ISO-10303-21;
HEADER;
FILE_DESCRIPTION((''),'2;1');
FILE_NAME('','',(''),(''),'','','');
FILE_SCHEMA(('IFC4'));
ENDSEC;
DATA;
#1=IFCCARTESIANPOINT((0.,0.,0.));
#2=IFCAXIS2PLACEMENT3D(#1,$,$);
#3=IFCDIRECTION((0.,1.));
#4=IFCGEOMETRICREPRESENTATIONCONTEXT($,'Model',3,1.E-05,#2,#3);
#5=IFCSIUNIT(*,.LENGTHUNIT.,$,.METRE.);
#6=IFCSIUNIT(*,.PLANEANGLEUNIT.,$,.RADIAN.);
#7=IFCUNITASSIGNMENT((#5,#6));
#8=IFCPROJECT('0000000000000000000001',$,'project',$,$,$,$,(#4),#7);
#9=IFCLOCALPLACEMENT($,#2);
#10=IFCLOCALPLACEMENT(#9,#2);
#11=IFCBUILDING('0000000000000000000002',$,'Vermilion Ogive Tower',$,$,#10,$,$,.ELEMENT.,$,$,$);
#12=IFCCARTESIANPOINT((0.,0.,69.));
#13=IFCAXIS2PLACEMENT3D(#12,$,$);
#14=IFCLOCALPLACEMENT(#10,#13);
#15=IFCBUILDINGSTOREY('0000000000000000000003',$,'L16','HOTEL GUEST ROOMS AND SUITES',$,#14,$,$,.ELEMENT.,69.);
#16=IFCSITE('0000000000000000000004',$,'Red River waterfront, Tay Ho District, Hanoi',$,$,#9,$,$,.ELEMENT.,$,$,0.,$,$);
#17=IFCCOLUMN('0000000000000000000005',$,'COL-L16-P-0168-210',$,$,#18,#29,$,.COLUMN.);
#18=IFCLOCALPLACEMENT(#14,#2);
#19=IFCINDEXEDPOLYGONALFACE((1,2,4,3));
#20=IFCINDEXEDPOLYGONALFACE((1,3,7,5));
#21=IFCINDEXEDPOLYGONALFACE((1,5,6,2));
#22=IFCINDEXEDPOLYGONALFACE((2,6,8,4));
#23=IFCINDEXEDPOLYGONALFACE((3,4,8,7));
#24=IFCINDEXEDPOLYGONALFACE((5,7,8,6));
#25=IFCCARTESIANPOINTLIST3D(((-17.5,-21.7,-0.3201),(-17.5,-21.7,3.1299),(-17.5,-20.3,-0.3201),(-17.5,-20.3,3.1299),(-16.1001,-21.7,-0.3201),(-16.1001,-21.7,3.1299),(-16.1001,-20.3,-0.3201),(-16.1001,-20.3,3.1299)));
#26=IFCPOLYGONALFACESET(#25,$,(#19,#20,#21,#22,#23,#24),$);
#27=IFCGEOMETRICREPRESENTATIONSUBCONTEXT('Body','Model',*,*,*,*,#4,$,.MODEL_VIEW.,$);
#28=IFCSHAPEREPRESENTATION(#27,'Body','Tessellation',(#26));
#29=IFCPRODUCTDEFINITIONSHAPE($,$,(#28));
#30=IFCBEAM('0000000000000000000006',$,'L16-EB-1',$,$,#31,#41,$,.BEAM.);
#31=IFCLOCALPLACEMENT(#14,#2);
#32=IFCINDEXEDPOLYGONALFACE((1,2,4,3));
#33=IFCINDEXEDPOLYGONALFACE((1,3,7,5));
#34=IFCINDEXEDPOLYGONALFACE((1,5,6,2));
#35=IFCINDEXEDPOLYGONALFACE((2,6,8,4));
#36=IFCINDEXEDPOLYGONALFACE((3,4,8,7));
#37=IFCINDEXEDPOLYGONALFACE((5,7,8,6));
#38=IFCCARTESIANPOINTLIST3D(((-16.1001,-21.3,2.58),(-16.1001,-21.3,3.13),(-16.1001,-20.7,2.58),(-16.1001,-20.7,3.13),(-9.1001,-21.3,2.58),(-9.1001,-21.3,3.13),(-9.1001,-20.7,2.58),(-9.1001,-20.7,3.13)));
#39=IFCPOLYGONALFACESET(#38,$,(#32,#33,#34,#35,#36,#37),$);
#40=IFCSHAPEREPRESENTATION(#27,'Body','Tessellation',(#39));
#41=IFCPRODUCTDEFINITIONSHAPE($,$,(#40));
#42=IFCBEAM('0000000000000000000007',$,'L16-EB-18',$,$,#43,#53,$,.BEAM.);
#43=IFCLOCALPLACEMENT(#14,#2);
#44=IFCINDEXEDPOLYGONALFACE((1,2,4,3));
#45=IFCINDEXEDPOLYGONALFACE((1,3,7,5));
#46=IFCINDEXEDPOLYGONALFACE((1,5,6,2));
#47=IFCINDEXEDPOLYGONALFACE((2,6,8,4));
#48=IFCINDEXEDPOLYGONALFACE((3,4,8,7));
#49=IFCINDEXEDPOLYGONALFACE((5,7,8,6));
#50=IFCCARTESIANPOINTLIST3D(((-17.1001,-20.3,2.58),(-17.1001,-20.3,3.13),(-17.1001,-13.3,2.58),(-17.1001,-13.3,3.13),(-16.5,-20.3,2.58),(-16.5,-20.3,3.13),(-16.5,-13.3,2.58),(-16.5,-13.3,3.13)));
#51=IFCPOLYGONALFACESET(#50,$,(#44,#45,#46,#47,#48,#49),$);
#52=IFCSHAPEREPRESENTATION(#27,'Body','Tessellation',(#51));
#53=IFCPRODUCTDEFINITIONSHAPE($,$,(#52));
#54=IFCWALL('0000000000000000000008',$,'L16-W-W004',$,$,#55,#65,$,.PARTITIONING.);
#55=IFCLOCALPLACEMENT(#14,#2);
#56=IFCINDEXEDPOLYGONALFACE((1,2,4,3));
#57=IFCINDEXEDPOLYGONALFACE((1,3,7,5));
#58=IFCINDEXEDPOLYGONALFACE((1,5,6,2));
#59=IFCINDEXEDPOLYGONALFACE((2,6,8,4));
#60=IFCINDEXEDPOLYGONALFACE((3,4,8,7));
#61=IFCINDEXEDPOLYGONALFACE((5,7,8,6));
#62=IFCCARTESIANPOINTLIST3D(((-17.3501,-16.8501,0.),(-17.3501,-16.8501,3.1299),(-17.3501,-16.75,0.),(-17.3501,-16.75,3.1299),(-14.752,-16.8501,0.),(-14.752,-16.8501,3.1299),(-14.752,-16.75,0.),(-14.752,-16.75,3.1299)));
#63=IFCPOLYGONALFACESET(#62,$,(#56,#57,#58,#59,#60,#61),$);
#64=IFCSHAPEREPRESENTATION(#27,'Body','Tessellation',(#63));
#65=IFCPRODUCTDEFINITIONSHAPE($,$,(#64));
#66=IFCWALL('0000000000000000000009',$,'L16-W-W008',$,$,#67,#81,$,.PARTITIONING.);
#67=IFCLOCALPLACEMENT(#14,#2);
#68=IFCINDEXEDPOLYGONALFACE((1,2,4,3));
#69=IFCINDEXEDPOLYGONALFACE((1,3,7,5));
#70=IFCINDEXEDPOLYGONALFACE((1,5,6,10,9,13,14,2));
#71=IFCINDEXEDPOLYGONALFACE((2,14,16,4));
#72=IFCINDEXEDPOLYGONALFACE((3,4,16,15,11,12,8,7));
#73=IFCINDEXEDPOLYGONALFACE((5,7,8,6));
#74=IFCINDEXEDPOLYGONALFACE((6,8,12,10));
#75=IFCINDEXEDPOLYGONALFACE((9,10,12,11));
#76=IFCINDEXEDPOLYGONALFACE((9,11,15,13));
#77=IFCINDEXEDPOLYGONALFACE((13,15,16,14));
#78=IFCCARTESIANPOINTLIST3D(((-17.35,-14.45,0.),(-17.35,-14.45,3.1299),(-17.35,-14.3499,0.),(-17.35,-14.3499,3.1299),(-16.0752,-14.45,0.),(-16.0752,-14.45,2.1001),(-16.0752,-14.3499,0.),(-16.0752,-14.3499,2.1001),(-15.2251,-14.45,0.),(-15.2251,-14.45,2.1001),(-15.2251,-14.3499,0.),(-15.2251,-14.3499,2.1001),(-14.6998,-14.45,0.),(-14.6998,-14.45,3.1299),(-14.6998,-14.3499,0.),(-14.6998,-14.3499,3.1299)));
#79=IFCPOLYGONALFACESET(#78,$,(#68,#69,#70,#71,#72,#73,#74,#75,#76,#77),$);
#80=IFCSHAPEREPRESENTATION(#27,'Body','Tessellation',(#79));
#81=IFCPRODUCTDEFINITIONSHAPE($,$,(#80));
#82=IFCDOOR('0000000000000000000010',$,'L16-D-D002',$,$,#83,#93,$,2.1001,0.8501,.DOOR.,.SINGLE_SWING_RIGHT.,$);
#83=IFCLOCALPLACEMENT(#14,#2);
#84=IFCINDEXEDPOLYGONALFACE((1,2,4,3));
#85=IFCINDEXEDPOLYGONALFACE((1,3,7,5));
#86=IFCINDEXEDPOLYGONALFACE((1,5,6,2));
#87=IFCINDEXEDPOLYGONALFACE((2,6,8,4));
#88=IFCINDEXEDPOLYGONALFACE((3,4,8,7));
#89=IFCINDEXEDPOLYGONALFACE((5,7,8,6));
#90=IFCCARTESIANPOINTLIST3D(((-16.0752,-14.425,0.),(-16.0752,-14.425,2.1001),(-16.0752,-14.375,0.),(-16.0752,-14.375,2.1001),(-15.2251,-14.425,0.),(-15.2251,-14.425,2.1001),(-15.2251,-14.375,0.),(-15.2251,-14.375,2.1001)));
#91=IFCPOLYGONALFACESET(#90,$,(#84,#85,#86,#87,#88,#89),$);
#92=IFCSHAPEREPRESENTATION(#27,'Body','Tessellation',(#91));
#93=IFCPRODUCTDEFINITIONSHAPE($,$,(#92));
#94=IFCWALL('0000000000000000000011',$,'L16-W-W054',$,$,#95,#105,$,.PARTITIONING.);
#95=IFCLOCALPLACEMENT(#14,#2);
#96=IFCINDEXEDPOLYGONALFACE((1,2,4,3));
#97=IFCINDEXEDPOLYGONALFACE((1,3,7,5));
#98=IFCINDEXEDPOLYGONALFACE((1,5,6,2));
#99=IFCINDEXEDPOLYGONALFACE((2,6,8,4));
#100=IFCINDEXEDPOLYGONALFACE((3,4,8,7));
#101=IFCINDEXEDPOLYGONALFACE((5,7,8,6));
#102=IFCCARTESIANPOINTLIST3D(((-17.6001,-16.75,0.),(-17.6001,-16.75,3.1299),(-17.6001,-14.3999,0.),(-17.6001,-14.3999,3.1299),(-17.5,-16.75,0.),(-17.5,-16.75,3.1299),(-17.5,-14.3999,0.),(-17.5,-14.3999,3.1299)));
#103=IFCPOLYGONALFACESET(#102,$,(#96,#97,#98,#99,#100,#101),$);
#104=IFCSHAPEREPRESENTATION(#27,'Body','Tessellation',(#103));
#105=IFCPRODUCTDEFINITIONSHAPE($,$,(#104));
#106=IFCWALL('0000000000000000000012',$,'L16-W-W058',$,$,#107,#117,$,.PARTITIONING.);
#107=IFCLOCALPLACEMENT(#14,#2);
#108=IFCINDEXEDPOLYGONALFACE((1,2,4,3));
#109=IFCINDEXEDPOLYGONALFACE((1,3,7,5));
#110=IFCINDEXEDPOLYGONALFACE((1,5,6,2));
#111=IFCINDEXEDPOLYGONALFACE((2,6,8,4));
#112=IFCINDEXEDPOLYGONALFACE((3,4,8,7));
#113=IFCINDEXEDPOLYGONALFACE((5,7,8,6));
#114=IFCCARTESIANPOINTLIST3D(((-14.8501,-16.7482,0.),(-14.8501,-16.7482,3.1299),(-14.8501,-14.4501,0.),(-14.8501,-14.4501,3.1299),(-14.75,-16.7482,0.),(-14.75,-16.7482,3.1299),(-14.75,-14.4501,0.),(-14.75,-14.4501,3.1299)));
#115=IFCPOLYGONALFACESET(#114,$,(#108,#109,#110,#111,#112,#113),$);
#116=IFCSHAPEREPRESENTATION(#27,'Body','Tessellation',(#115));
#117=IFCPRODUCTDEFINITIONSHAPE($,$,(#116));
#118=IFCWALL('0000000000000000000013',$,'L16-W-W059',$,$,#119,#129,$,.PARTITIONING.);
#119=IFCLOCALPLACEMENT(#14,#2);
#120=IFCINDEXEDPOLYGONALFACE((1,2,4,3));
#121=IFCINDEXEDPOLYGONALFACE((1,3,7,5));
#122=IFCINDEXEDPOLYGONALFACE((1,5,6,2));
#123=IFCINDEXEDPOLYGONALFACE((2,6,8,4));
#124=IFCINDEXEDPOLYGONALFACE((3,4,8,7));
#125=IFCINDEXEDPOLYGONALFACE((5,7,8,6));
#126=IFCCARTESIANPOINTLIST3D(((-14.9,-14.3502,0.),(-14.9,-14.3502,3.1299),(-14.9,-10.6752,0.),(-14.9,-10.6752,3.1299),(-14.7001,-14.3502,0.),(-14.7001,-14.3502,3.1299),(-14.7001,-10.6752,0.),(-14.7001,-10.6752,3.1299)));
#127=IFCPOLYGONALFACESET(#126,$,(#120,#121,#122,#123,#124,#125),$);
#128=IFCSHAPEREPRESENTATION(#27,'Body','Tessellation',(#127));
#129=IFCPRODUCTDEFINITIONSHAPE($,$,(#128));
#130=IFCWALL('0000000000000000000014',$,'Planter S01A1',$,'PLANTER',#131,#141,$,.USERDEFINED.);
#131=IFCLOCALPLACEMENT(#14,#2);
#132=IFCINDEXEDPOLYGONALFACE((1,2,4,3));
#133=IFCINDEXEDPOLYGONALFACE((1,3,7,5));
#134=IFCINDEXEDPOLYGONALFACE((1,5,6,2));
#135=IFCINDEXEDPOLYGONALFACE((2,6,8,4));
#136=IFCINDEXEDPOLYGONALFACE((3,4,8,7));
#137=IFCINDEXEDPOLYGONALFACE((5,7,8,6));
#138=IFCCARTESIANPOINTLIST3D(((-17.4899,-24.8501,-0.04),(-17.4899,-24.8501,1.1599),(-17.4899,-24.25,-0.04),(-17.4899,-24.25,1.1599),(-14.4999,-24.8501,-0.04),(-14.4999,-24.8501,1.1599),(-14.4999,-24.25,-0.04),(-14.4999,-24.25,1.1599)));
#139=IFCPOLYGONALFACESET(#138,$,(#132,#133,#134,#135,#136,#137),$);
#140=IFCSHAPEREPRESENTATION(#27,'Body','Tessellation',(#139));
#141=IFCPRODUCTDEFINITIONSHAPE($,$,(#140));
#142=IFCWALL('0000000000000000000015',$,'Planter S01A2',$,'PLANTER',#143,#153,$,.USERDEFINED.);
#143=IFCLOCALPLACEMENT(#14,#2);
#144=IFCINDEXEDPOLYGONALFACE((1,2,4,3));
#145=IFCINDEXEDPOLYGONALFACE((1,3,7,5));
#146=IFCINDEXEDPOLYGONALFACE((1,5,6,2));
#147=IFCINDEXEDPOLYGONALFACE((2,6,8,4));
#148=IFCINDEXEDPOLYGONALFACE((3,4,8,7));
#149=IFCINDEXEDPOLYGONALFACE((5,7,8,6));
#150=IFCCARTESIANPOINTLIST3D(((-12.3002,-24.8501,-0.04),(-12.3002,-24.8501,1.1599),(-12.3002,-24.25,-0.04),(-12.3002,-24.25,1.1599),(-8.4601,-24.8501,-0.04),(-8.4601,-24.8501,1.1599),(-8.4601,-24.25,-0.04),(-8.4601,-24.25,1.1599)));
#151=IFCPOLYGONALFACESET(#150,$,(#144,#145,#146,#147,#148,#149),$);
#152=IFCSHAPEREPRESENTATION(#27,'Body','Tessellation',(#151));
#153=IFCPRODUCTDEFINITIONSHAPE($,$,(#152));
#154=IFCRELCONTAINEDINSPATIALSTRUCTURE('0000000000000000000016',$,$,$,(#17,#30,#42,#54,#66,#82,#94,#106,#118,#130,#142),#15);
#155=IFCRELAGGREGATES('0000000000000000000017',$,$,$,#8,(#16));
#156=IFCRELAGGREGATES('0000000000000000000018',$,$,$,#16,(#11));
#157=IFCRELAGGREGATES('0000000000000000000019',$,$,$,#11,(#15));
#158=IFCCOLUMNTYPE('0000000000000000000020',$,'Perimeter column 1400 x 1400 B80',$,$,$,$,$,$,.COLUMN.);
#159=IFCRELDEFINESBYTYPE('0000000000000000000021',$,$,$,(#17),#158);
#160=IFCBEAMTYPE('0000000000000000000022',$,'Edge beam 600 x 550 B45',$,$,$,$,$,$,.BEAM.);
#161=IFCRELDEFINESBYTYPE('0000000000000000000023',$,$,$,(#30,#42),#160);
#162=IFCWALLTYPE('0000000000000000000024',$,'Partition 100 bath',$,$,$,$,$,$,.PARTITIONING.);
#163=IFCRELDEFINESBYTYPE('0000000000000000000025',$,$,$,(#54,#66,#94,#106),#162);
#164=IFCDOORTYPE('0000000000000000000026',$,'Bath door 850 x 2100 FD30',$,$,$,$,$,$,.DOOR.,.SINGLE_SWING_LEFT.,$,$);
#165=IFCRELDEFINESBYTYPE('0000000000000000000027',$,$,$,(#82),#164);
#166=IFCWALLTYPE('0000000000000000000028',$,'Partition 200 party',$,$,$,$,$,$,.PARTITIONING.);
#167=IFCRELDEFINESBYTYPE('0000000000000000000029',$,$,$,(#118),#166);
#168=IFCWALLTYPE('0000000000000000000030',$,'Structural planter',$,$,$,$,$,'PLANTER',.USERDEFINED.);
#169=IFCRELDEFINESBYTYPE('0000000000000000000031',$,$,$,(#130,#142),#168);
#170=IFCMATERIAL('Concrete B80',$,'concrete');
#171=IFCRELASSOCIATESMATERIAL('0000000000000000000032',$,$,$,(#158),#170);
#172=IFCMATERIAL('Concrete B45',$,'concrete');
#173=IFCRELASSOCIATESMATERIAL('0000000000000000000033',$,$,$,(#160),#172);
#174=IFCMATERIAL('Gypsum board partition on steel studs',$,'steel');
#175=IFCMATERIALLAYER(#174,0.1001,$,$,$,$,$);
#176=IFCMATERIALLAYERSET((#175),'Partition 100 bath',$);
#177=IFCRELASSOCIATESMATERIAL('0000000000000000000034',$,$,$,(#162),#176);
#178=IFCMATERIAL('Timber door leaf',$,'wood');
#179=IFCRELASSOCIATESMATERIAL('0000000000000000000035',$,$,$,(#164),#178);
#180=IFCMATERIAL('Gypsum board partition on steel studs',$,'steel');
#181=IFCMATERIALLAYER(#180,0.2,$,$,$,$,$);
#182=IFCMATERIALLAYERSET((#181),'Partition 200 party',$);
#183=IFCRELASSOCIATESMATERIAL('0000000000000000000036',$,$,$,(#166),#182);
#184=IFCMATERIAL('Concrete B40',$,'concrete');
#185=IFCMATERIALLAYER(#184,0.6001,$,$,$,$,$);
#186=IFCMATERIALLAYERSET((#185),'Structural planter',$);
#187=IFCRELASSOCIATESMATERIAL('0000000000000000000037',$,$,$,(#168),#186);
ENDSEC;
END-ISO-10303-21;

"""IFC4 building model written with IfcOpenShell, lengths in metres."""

from ifc_helpers import new_model, si_unit, direction, frame, frame_2d, origin, origin_2d, place, context, subcontext, project, spatial, rectangle, extrude, material, layer, layer_set, material_profile, profile_set, type_object, element, fill, save


model = new_model("IFC4")

# Units and contexts
model_context = context("Model", 3, precision=1e-05, world=origin(), true_north=direction((0.0, 1.0)))
body_context = subcontext(model_context, "Body", "Model", "MODEL_VIEW")
ifc_project = project(units=[si_unit("LENGTHUNIT", "METRE"), si_unit("PLANEANGLEUNIT", "RADIAN")], contexts=[model_context])

# Site, building, storey
site_placement = place(None, origin())
site = spatial("IfcSite", under=ifc_project, at=site_placement, Name="Red River waterfront, Tay Ho District, Hanoi", CompositionType="ELEMENT", RefElevation=0.0)
building_placement = place(site_placement, origin())
building = spatial("IfcBuilding", under=site, at=building_placement, Name="Vermilion Ogive Tower", CompositionType="ELEMENT")
storey_placement = place(building_placement, frame((0.0, 0.0, 69.0)))
storey = spatial("IfcBuildingStorey", under=building, at=storey_placement, Name="L16", Description="HOTEL GUEST ROOMS AND SUITES", CompositionType="ELEMENT", Elevation=69.0)

# Column
ifc_material_1 = material(Name="Concrete B80", Category="concrete")
ifc_material_profile_1 = material_profile(ifc_material_1, rectangle(XDim=1.3999, YDim=1.3999, at=origin_2d()), Name="1400 x 1400")
ifc_profile_set_1 = profile_set([ifc_material_profile_1], Name="Concrete B80")
column_type = type_object("IfcColumnType", Name="Perimeter column 1400 x 1400 B80", PredefinedType="COLUMN", material=ifc_profile_set_1)
column_placement = place(storey_placement, frame((-16.8, -21.0, -0.3201), z_axis=(0.0, 0.0, 1.0), x_axis=(1.0, 0.0, 0.0)))
element("IfcColumn", 1, at=column_placement, inside=storey, type_object=column_type, Name="COL-L16-P-0168-210", PredefinedType="COLUMN", context=body_context, shape_type="SweptSolid", body=[
    extrude(rectangle(XDim=1.3999, YDim=1.3999, at=origin_2d()), origin(), (0.0, 0.0, 1.0), 3.45),
])

# Beams
ifc_material_2 = material(Name="Concrete B45", Category="concrete")
ifc_material_profile_2 = material_profile(ifc_material_2, rectangle(XDim=0.6001, YDim=0.55, at=origin_2d()), Name="600 x 550")
ifc_profile_set_2 = profile_set([ifc_material_profile_2], Name="Concrete B45")
beam_type = type_object("IfcBeamType", Name="Edge beam 600 x 550 B45", PredefinedType="BEAM", material=ifc_profile_set_2)
for number, where, z_axis, x_axis, name in (
    (2, (-16.1001, -21.0, 2.855), (1.0, 0.0, 0.0), (0.0, 1.0, 0.0), "L16-EB-1"),
    (3, (-16.8, -13.3, 2.855), (0.0, -1.0, 0.0), (1.0, 0.0, 0.0), "L16-EB-18"),
):
    element("IfcBeam", number, at=place(storey_placement, frame(where, z_axis=z_axis, x_axis=x_axis)), inside=storey, type_object=beam_type, Name=name, PredefinedType="BEAM", context=body_context, shape_type="SweptSolid", body=[
        extrude(rectangle(XDim=0.6001, YDim=0.55, at=origin_2d()), origin(), (0.0, 0.0, 1.0), 7.0),
    ])

# Wall
ifc_material_3 = material(Name="Gypsum board partition on steel studs", Category="steel")
ifc_layer_1 = layer(ifc_material_3, 0.1001)
ifc_layer_set_1 = layer_set([ifc_layer_1], Name="Partition 100 bath")
wall_type_1 = type_object("IfcWallType", Name="Partition 100 bath", PredefinedType="PARTITIONING", material=ifc_layer_set_1)
wall_1_placement = place(storey_placement, frame((-17.3501, -16.8, 0.0), z_axis=(0.0, 0.0, 1.0), x_axis=(1.0, 0.0, 0.0)))
element("IfcWall", 4, at=wall_1_placement, inside=storey, type_object=wall_type_1, Name="L16-W-W004", PredefinedType="PARTITIONING", context=body_context, shape_type="SweptSolid", body=[
    extrude(rectangle(XDim=2.5981, YDim=0.1001, at=frame_2d((1.2991, 0.0))), origin(), (0.0, 0.0, 1.0), 3.1299),
])

# Wall, opening, door
wall_2_placement = place(storey_placement, frame((-17.3501, -14.3999, 0.0), z_axis=(0.0, 0.0, 1.0), x_axis=(1.0, 0.0, 0.0)))
wall_2 = element("IfcWall", 5, at=wall_2_placement, inside=storey, type_object=wall_type_1, Name="L16-W-W008", PredefinedType="PARTITIONING", context=body_context, shape_type="SweptSolid", body=[
    extrude(rectangle(XDim=2.6501, YDim=0.1001, at=frame_2d((1.3252, 0.0))), origin(), (0.0, 0.0, 1.0), 3.1299),
])
opening_1_placement = place(wall_2_placement, frame((1.2749, 0.0, 0.0)))
opening_1 = element("IfcOpeningElement", 6, at=opening_1_placement, cuts=wall_2, PredefinedType="OPENING", context=body_context, shape_type="SweptSolid", body=[
    extrude(rectangle(XDim=0.8501, YDim=2.1001, at=frame_2d((0.425, 1.05))), frame((0.0, 0.0601, 0.0), z_axis=(0.0, -1.0, 0.0), x_axis=(1.0, 0.0, 0.0)), (0.0, 0.0, 1.0), 0.1201),
])
ifc_material_4 = material(Name="Timber door leaf", Category="wood")
door_type_1 = type_object("IfcDoorType", Name="Bath door 850 x 2100 FD30", OperationType="SINGLE_SWING_LEFT", PredefinedType="DOOR", material=ifc_material_4)
door_1_placement = place(opening_1_placement, origin())
door_1 = element("IfcDoor", 7, at=door_1_placement, inside=storey, type_object=door_type_1, Name="L16-D-D002", OperationType="SINGLE_SWING_RIGHT", OverallHeight=2.1001, OverallWidth=0.8501, PredefinedType="DOOR", context=body_context, shape_type="SweptSolid", body=[
    extrude(rectangle(XDim=0.8501, YDim=2.1001, at=frame_2d((0.425, 1.05))), frame((0.0, 0.0249, 0.0), z_axis=(0.0, -1.0, 0.0), x_axis=(1.0, 0.0, 0.0)), (0.0, 0.0, 1.0), 0.05),
])
fill(opening_1, door_1)

# Walls
wall_3_placement = place(storey_placement, frame((-17.55, -16.75, 0.0), z_axis=(0.0, 0.0, 1.0), x_axis=(0.0, 1.0, 0.0)))
element("IfcWall", 8, at=wall_3_placement, inside=storey, type_object=wall_type_1, Name="L16-W-W054", PredefinedType="PARTITIONING", context=body_context, shape_type="SweptSolid", body=[
    extrude(rectangle(XDim=2.3501, YDim=0.1001, at=frame_2d((1.175, 0.0))), origin(), (0.0, 0.0, 1.0), 3.1299),
])
wall_4_placement = place(storey_placement, frame((-14.8, -16.748, 0.0), z_axis=(0.0, 0.0, 1.0), x_axis=(0.0, 1.0, 0.0)))
element("IfcWall", 9, at=wall_4_placement, inside=storey, type_object=wall_type_1, Name="L16-W-W058", PredefinedType="PARTITIONING", context=body_context, shape_type="SweptSolid", body=[
    extrude(rectangle(XDim=2.2981, YDim=0.1001, at=frame_2d((1.1489, 0.0))), origin(), (0.0, 0.0, 1.0), 3.1299),
])
ifc_material_5 = material(Name="Gypsum board partition on steel studs", Category="steel")
ifc_layer_2 = layer(ifc_material_5, 0.2)
ifc_layer_set_2 = layer_set([ifc_layer_2], Name="Partition 200 party")
wall_type_2 = type_object("IfcWallType", Name="Partition 200 party", PredefinedType="PARTITIONING", material=ifc_layer_set_2)
wall_5_placement = place(storey_placement, frame((-14.8, -14.3501, 0.0), z_axis=(0.0, 0.0, 1.0), x_axis=(0.0, 1.0, 0.0)))
element("IfcWall", 10, at=wall_5_placement, inside=storey, type_object=wall_type_2, Name="L16-W-W059", PredefinedType="PARTITIONING", context=body_context, shape_type="SweptSolid", body=[
    extrude(rectangle(XDim=3.675, YDim=0.2, at=frame_2d((1.8374, 0.0))), origin(), (0.0, 0.0, 1.0), 3.1299),
])
ifc_material_6 = material(Name="Concrete B40", Category="concrete")
ifc_layer_3 = layer(ifc_material_6, 0.6001)
ifc_layer_set_3 = layer_set([ifc_layer_3], Name="Structural planter")
wall_type_3 = type_object("IfcWallType", Name="Structural planter", ElementType="PLANTER", PredefinedType="USERDEFINED", material=ifc_layer_set_3)
wall_6_placement = place(storey_placement, frame((-17.49, -24.55, -0.04), z_axis=(0.0, 0.0, 1.0), x_axis=(1.0, 0.0, 0.0)))
element("IfcWall", 11, at=wall_6_placement, inside=storey, type_object=wall_type_3, Name="Planter S01A1", ObjectType="PLANTER", PredefinedType="USERDEFINED", context=body_context, shape_type="SweptSolid", body=[
    extrude(rectangle(XDim=2.99, YDim=0.6001, at=frame_2d((1.4951, 0.0))), origin(), (0.0, 0.0, 1.0), 1.2),
])
wall_7_placement = place(storey_placement, frame((-12.3, -24.55, -0.04), z_axis=(0.0, 0.0, 1.0), x_axis=(1.0, 0.0, 0.0)))
element("IfcWall", 12, at=wall_7_placement, inside=storey, type_object=wall_type_3, Name="Planter S01A2", ObjectType="PLANTER", PredefinedType="USERDEFINED", context=body_context, shape_type="SweptSolid", body=[
    extrude(rectangle(XDim=3.8401, YDim=0.6001, at=frame_2d((1.9199, 0.0))), origin(), (0.0, 0.0, 1.0), 1.2),
])

save(model, "model.ifc")
